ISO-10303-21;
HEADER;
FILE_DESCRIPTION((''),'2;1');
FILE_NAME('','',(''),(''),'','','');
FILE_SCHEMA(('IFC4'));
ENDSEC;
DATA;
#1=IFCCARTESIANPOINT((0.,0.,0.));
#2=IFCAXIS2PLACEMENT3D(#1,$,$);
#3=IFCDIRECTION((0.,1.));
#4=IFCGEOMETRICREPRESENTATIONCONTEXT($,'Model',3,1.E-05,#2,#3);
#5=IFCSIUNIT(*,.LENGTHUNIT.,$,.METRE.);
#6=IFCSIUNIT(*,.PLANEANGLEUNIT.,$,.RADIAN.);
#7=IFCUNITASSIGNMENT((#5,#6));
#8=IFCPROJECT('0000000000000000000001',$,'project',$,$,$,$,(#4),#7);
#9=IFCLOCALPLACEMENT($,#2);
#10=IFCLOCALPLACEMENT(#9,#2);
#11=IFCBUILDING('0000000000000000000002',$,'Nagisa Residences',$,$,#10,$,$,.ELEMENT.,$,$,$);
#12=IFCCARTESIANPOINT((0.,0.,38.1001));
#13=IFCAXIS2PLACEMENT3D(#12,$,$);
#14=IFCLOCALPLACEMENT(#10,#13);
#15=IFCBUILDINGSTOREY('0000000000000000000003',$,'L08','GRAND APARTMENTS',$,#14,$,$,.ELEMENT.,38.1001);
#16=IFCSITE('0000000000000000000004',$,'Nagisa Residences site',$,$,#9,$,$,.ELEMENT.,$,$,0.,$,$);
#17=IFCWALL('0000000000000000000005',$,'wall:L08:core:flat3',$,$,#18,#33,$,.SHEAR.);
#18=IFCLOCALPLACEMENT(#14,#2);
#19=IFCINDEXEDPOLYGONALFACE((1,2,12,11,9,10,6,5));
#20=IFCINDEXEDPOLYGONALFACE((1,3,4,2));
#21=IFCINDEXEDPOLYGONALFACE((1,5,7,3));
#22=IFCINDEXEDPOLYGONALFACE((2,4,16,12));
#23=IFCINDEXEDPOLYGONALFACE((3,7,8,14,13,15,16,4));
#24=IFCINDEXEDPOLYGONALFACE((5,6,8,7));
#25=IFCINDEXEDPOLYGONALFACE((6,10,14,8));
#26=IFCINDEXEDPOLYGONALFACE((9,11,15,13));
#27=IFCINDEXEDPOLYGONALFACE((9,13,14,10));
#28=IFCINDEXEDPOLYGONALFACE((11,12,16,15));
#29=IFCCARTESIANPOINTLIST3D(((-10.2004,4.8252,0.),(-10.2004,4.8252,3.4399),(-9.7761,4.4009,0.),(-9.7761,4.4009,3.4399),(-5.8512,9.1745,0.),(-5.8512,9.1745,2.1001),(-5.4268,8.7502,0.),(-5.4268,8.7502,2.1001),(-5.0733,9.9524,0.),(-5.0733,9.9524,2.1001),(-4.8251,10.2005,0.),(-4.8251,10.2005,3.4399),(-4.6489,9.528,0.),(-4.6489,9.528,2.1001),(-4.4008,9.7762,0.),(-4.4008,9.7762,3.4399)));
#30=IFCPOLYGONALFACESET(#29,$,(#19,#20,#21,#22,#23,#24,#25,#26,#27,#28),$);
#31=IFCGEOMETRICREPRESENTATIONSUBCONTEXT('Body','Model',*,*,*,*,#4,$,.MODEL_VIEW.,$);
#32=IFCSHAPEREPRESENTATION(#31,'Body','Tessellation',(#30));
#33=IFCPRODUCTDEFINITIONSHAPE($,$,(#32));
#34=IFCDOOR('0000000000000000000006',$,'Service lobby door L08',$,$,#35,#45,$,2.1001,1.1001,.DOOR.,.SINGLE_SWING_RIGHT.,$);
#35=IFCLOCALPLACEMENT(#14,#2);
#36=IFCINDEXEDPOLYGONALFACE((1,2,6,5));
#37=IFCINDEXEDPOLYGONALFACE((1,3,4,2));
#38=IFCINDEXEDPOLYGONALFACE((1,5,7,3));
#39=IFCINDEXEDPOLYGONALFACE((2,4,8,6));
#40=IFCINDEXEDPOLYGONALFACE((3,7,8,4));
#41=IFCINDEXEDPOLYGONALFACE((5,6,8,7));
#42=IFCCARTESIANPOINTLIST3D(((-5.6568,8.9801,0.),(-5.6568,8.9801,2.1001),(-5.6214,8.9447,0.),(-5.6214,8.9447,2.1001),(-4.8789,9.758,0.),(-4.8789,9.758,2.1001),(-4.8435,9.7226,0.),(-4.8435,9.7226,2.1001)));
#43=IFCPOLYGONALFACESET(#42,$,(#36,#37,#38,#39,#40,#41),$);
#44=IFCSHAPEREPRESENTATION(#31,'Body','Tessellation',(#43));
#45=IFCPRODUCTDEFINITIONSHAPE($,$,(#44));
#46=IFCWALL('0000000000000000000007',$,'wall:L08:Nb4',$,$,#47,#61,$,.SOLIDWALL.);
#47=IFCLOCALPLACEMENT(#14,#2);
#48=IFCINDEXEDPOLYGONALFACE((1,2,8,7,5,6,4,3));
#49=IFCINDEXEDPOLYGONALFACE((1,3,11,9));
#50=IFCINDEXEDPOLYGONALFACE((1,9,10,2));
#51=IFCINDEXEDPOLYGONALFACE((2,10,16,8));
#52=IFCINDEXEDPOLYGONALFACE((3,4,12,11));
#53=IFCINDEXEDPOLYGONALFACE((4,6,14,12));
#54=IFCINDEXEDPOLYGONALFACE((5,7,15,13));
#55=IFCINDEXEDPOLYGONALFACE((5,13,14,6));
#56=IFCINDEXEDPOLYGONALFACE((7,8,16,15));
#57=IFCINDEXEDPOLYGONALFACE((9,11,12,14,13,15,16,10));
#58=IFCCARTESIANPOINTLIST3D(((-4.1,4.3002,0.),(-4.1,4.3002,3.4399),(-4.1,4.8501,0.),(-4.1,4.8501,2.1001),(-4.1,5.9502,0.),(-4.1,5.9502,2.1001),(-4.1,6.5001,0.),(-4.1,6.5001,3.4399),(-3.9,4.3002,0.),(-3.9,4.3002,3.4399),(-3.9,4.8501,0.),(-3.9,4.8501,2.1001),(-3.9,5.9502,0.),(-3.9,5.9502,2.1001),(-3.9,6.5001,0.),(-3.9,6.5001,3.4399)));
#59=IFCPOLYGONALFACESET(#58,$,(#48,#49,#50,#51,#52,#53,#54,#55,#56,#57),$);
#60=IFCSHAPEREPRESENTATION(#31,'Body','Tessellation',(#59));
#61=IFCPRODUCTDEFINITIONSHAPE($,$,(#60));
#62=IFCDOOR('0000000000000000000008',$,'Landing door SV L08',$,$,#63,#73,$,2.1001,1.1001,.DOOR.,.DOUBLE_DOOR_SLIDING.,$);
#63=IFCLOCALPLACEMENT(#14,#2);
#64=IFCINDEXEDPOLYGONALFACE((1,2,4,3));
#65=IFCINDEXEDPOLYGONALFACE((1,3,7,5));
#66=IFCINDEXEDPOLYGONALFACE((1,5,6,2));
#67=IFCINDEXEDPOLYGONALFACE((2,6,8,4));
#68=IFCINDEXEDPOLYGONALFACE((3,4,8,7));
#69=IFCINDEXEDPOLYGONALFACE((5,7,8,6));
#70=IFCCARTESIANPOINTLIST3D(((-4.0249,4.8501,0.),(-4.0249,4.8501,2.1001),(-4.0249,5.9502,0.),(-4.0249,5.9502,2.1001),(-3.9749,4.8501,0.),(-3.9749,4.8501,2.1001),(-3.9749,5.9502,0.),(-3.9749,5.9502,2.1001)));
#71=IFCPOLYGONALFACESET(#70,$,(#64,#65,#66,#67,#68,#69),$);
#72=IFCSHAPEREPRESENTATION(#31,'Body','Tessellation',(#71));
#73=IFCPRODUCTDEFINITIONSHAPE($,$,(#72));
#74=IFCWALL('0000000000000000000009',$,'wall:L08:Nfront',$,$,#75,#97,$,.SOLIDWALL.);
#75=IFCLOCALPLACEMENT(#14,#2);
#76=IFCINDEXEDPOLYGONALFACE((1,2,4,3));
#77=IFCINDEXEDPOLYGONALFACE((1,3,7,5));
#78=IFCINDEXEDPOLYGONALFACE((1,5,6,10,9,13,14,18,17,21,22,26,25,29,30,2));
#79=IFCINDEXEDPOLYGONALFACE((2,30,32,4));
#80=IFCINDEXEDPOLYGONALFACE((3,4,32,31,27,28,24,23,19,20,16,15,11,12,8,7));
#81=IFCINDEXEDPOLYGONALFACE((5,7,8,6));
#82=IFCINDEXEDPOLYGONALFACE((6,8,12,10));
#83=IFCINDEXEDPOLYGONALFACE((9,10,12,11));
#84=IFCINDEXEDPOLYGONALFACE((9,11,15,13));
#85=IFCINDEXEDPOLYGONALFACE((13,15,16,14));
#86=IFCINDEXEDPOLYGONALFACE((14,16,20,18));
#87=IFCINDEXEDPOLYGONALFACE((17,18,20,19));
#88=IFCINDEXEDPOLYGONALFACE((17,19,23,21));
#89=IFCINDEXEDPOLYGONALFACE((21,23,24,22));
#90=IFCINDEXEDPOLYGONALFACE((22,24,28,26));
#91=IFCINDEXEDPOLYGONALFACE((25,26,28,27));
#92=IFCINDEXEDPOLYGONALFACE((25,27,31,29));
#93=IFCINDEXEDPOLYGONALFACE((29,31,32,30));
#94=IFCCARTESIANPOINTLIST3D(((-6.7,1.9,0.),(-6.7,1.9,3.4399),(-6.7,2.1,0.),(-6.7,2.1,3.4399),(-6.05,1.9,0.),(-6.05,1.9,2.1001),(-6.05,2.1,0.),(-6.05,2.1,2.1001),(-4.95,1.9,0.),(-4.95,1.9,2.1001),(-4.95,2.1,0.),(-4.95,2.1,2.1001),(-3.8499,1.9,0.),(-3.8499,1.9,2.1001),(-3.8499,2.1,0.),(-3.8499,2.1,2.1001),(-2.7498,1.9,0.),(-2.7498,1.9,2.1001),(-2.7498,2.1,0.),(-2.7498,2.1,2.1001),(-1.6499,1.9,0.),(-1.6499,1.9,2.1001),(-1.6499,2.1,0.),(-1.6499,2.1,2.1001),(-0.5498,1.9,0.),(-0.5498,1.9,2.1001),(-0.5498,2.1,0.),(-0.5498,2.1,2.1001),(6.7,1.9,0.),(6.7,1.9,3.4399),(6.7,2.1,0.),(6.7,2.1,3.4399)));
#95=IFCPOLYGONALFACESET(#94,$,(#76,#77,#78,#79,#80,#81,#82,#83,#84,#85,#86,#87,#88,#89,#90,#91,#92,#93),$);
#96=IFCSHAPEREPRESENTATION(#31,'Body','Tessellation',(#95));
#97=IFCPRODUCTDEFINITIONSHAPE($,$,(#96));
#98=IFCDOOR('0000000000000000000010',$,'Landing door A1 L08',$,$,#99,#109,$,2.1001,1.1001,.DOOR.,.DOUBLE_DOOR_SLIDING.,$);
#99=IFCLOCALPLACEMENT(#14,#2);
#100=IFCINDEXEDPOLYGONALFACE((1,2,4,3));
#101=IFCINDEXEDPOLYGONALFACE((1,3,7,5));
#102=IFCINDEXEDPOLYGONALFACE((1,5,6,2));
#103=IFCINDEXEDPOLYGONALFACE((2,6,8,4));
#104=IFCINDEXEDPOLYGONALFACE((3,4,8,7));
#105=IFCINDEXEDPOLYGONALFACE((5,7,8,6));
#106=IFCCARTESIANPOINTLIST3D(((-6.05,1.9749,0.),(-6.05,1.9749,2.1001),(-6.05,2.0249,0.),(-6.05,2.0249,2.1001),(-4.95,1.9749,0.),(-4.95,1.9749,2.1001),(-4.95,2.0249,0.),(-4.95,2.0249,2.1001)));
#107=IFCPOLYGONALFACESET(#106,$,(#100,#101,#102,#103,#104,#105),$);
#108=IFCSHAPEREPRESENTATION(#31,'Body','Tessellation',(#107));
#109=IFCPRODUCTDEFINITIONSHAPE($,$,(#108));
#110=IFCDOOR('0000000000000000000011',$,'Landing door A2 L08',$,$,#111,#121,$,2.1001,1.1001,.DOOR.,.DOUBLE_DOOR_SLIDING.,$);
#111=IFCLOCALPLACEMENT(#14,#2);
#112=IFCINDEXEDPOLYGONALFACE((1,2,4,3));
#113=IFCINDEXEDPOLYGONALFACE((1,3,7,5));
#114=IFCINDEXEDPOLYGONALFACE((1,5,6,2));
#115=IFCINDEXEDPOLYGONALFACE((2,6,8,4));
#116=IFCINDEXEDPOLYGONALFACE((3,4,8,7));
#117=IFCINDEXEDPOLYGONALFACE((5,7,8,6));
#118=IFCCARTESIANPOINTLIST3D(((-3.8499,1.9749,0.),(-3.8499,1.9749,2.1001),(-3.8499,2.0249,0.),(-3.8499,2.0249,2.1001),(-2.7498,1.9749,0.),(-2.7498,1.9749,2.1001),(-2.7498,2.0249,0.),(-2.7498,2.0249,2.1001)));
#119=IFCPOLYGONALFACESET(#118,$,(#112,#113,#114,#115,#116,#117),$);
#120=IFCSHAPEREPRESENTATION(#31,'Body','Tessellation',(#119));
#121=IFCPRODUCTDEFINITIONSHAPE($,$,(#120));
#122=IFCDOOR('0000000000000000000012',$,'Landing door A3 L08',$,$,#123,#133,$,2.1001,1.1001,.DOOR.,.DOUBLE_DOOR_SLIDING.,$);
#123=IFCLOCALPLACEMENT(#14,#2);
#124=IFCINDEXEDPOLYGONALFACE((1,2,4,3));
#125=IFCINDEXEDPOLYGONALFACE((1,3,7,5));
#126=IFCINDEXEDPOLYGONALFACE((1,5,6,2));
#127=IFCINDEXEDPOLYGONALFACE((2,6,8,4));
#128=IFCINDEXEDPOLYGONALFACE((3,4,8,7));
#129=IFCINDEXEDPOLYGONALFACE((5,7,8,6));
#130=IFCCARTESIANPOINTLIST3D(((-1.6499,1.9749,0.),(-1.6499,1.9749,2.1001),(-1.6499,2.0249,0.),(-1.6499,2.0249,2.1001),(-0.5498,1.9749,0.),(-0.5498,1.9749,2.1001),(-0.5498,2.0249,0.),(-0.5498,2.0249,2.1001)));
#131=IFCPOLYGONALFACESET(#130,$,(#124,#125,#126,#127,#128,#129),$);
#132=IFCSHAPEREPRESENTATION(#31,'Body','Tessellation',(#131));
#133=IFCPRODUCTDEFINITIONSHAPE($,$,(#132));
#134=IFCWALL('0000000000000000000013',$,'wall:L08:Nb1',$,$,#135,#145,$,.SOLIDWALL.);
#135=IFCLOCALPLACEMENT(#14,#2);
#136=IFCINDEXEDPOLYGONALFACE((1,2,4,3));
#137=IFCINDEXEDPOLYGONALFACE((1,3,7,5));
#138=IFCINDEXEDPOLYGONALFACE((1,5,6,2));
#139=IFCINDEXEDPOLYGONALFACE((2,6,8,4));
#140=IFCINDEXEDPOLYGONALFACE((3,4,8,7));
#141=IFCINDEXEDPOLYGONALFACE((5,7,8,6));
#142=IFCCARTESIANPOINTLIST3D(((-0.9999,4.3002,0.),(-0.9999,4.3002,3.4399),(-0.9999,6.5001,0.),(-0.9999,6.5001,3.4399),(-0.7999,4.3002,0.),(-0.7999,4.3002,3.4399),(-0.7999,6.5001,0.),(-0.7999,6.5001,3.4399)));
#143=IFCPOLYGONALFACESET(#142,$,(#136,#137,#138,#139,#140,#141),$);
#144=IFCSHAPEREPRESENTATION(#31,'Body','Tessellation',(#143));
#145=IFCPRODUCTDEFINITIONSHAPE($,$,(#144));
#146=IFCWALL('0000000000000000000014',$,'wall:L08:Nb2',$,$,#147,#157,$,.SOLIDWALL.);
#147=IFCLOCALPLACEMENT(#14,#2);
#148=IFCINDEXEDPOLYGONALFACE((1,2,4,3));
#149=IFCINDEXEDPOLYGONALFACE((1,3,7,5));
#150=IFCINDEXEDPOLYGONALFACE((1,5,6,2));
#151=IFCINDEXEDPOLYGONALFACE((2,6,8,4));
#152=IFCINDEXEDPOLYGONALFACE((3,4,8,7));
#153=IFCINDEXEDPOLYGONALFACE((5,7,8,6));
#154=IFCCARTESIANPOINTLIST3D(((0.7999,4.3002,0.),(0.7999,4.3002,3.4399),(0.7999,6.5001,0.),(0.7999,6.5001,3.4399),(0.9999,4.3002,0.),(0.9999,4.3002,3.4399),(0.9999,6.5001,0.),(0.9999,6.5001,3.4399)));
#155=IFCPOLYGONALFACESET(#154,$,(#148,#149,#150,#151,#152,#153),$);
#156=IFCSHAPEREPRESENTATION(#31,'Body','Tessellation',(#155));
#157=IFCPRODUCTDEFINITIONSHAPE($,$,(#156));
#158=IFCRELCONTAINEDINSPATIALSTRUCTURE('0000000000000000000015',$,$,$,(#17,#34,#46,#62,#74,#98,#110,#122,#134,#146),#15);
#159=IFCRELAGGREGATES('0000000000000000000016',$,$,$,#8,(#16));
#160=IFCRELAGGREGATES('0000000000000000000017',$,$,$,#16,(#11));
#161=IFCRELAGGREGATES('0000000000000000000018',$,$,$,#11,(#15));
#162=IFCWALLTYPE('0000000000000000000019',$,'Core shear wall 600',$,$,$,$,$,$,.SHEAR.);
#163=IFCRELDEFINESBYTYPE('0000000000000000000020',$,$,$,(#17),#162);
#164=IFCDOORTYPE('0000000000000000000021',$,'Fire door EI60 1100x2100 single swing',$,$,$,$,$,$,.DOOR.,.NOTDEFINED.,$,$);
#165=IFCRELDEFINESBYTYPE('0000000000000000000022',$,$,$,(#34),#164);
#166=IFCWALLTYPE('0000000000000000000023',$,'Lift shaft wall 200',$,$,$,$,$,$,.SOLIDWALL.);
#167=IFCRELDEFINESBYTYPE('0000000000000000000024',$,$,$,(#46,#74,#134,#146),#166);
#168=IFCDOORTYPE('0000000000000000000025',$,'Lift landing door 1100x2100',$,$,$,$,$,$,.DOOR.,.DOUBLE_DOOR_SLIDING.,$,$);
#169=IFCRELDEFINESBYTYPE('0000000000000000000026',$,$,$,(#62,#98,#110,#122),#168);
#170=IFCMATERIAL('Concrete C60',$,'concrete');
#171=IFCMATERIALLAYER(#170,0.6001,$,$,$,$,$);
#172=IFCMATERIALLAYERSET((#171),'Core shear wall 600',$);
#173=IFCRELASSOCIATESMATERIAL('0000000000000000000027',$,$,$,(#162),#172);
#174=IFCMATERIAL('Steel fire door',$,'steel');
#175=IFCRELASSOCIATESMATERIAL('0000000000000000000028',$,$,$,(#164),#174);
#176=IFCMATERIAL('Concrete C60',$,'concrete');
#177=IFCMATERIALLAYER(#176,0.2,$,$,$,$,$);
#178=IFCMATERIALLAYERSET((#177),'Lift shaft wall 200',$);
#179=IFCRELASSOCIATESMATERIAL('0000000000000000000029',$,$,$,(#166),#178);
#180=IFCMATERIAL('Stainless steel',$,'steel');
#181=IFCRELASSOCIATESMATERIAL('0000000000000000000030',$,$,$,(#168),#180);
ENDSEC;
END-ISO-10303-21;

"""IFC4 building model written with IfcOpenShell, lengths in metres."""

from ifc_helpers import new_model, si_unit, direction, frame, frame_2d, origin, place, context, subcontext, project, spatial, rectangle, extrude, material, layer, layer_set, type_object, element, fill, save


model = new_model("IFC4")

# Units and contexts
model_context = context("Model", 3, precision=1e-05, world=origin(), true_north=direction((0.0, 1.0)))
body_context = subcontext(model_context, "Body", "Model", "MODEL_VIEW")
ifc_project = project(units=[si_unit("LENGTHUNIT", "METRE"), si_unit("PLANEANGLEUNIT", "RADIAN")], contexts=[model_context])

# Site, building, storey
site_placement = place(None, origin())
site = spatial("IfcSite", under=ifc_project, at=site_placement, Name="Nagisa Residences site", CompositionType="ELEMENT", RefElevation=0.0)
building_placement = place(site_placement, origin())
building = spatial("IfcBuilding", under=site, at=building_placement, Name="Nagisa Residences", CompositionType="ELEMENT")
storey_placement = place(building_placement, frame((0.0, 0.0, 38.1001)))
storey = spatial("IfcBuildingStorey", under=building, at=storey_placement, Name="L08", Description="GRAND APARTMENTS", CompositionType="ELEMENT", Elevation=38.1001)

# Walls, openings, doors
ifc_material_1 = material(Name="Concrete C60", Category="concrete")
ifc_layer_1 = layer(ifc_material_1, 0.6001)
ifc_layer_set_1 = layer_set([ifc_layer_1], Name="Core shear wall 600")
wall_type_1 = type_object("IfcWallType", Name="Core shear wall 600", PredefinedType="SHEAR", material=ifc_layer_set_1)
wall_1_placement = place(storey_placement, frame((-4.613, 9.9883, 0.0), z_axis=(0.0, 0.0, 1.0), x_axis=(-0.707107, -0.707107, 0.0)))
wall_1 = element("IfcWall", 1, at=wall_1_placement, inside=storey, type_object=wall_type_1, Name="wall:L08:core:flat3", PredefinedType="SHEAR", context=body_context, shape_type="SweptSolid", body=[
    extrude(rectangle(XDim=7.6018, YDim=0.6001, at=frame_2d((3.8008, 0.0))), origin(), (0.0, 0.0, 1.0), 3.4399),
])
opening_1_placement = place(wall_1_placement, frame((0.3508, 0.0, 0.0)))
opening_1 = element("IfcOpeningElement", 2, at=opening_1_placement, cuts=wall_1, PredefinedType="OPENING", context=body_context, shape_type="SweptSolid", body=[
    extrude(rectangle(XDim=1.1001, YDim=2.1001, at=frame_2d((0.55, 1.05))), frame((0.0, 0.3101, 0.0), z_axis=(0.0, -1.0, 0.0), x_axis=(1.0, 0.0, 0.0)), (0.0, 0.0, 1.0), 0.6201),
])
ifc_material_2 = material(Name="Steel fire door", Category="steel")
door_type_1 = type_object("IfcDoorType", Name="Fire door EI60 1100x2100 single swing", OperationType="NOTDEFINED", PredefinedType="DOOR", material=ifc_material_2)
door_1_placement = place(opening_1_placement, origin())
door_1 = element("IfcDoor", 3, at=door_1_placement, inside=storey, type_object=door_type_1, Name="Service lobby door L08", OperationType="SINGLE_SWING_RIGHT", OverallHeight=2.1001, OverallWidth=1.1001, PredefinedType="DOOR", context=body_context, shape_type="SweptSolid", body=[
    extrude(rectangle(XDim=1.1001, YDim=2.1001, at=frame_2d((0.55, 1.05))), frame((0.0, 0.0249, 0.0), z_axis=(0.0, -1.0, 0.0), x_axis=(1.0, 0.0, 0.0)), (0.0, 0.0, 1.0), 0.05),
])
fill(opening_1, door_1)
ifc_material_3 = material(Name="Concrete C60", Category="concrete")
ifc_layer_2 = layer(ifc_material_3, 0.2)
ifc_layer_set_2 = layer_set([ifc_layer_2], Name="Lift shaft wall 200")
wall_type_2 = type_object("IfcWallType", Name="Lift shaft wall 200", PredefinedType="SOLIDWALL", material=ifc_layer_set_2)
wall_2_placement = place(storey_placement, frame((-4.0, 4.3, 0.0), z_axis=(0.0, 0.0, 1.0), x_axis=(0.0, 1.0, 0.0)))
wall_2 = element("IfcWall", 4, at=wall_2_placement, inside=storey, type_object=wall_type_2, Name="wall:L08:Nb4", PredefinedType="SOLIDWALL", context=body_context, shape_type="SweptSolid", body=[
    extrude(rectangle(XDim=2.2, YDim=0.2, at=frame_2d((1.1001, 0.0))), origin(), (0.0, 0.0, 1.0), 3.4399),
])
opening_2_placement = place(wall_2_placement, frame((0.55, 0.0, 0.0)))
opening_2 = element("IfcOpeningElement", 5, at=opening_2_placement, cuts=wall_2, PredefinedType="OPENING", context=body_context, shape_type="SweptSolid", body=[
    extrude(rectangle(XDim=1.1001, YDim=2.1001, at=frame_2d((0.55, 1.05))), frame((0.0, 0.1099, 0.0), z_axis=(0.0, -1.0, 0.0), x_axis=(1.0, 0.0, 0.0)), (0.0, 0.0, 1.0), 0.22),
])
ifc_material_4 = material(Name="Stainless steel", Category="steel")
door_type_2 = type_object("IfcDoorType", Name="Lift landing door 1100x2100", OperationType="DOUBLE_DOOR_SLIDING", PredefinedType="DOOR", material=ifc_material_4)
door_2_placement = place(opening_2_placement, origin())
door_2 = element("IfcDoor", 6, at=door_2_placement, inside=storey, type_object=door_type_2, Name="Landing door SV L08", OperationType="DOUBLE_DOOR_SLIDING", OverallHeight=2.1001, OverallWidth=1.1001, PredefinedType="DOOR", context=body_context, shape_type="SweptSolid", body=[
    extrude(rectangle(XDim=1.1001, YDim=2.1001, at=frame_2d((0.55, 1.05))), frame((0.0, 0.0249, 0.0), z_axis=(0.0, -1.0, 0.0), x_axis=(1.0, 0.0, 0.0)), (0.0, 0.0, 1.0), 0.05),
])
fill(opening_2, door_2)

# Wall, openings, doors
wall_3_placement = place(storey_placement, frame((-6.7, 2.0, 0.0), z_axis=(0.0, 0.0, 1.0), x_axis=(1.0, 0.0, 0.0)))
wall_3 = element("IfcWall", 7, at=wall_3_placement, inside=storey, type_object=wall_type_2, Name="wall:L08:Nfront", PredefinedType="SOLIDWALL", context=body_context, shape_type="SweptSolid", body=[
    extrude(rectangle(XDim=13.3999, YDim=0.2, at=frame_2d((6.7, 0.0))), origin(), (0.0, 0.0, 1.0), 3.4399),
])
opening_3_placement = place(wall_3_placement, frame((0.6499, 0.0, 0.0)))
opening_3 = element("IfcOpeningElement", 8, at=opening_3_placement, cuts=wall_3, PredefinedType="OPENING", context=body_context, shape_type="SweptSolid", body=[
    extrude(rectangle(XDim=1.1001, YDim=2.1001, at=frame_2d((0.55, 1.05))), frame((0.0, 0.1099, 0.0), z_axis=(0.0, -1.0, 0.0), x_axis=(1.0, 0.0, 0.0)), (0.0, 0.0, 1.0), 0.22),
])
opening_4_placement = place(wall_3_placement, frame((2.8501, 0.0, 0.0)))
opening_4 = element("IfcOpeningElement", 9, at=opening_4_placement, cuts=wall_3, PredefinedType="OPENING", context=body_context, shape_type="SweptSolid", body=[
    extrude(rectangle(XDim=1.1001, YDim=2.1001, at=frame_2d((0.55, 1.05))), frame((0.0, 0.1099, 0.0), z_axis=(0.0, -1.0, 0.0), x_axis=(1.0, 0.0, 0.0)), (0.0, 0.0, 1.0), 0.22),
])
opening_5_placement = place(wall_3_placement, frame((5.05, 0.0, 0.0)))
opening_5 = element("IfcOpeningElement", 10, at=opening_5_placement, cuts=wall_3, PredefinedType="OPENING", context=body_context, shape_type="SweptSolid", body=[
    extrude(rectangle(XDim=1.1001, YDim=2.1001, at=frame_2d((0.55, 1.05))), frame((0.0, 0.1099, 0.0), z_axis=(0.0, -1.0, 0.0), x_axis=(1.0, 0.0, 0.0)), (0.0, 0.0, 1.0), 0.22),
])
door_3_placement = place(opening_3_placement, origin())
door_3 = element("IfcDoor", 11, at=door_3_placement, inside=storey, type_object=door_type_2, Name="Landing door A1 L08", OperationType="DOUBLE_DOOR_SLIDING", OverallHeight=2.1001, OverallWidth=1.1001, PredefinedType="DOOR", context=body_context, shape_type="SweptSolid", body=[
    extrude(rectangle(XDim=1.1001, YDim=2.1001, at=frame_2d((0.55, 1.05))), frame((0.0, 0.0249, 0.0), z_axis=(0.0, -1.0, 0.0), x_axis=(1.0, 0.0, 0.0)), (0.0, 0.0, 1.0), 0.05),
])
fill(opening_3, door_3)
door_4_placement = place(opening_4_placement, origin())
door_4 = element("IfcDoor", 12, at=door_4_placement, inside=storey, type_object=door_type_2, Name="Landing door A2 L08", OperationType="DOUBLE_DOOR_SLIDING", OverallHeight=2.1001, OverallWidth=1.1001, PredefinedType="DOOR", context=body_context, shape_type="SweptSolid", body=[
    extrude(rectangle(XDim=1.1001, YDim=2.1001, at=frame_2d((0.55, 1.05))), frame((0.0, 0.0249, 0.0), z_axis=(0.0, -1.0, 0.0), x_axis=(1.0, 0.0, 0.0)), (0.0, 0.0, 1.0), 0.05),
])
fill(opening_4, door_4)
door_5_placement = place(opening_5_placement, origin())
door_5 = element("IfcDoor", 13, at=door_5_placement, inside=storey, type_object=door_type_2, Name="Landing door A3 L08", OperationType="DOUBLE_DOOR_SLIDING", OverallHeight=2.1001, OverallWidth=1.1001, PredefinedType="DOOR", context=body_context, shape_type="SweptSolid", body=[
    extrude(rectangle(XDim=1.1001, YDim=2.1001, at=frame_2d((0.55, 1.05))), frame((0.0, 0.0249, 0.0), z_axis=(0.0, -1.0, 0.0), x_axis=(1.0, 0.0, 0.0)), (0.0, 0.0, 1.0), 0.05),
])
fill(opening_5, door_5)

# Walls
for number, where, z_axis, x_axis, name in (
    (14, (-0.8999, 4.3, 0.0), (0.0, 0.0, 1.0), (0.0, 1.0, 0.0), "wall:L08:Nb1"),
    (15, (0.8999, 4.3, 0.0), (0.0, 0.0, 1.0), (0.0, 1.0, 0.0), "wall:L08:Nb2"),
):
    element("IfcWall", number, at=place(storey_placement, frame(where, z_axis=z_axis, x_axis=x_axis)), inside=storey, type_object=wall_type_2, Name=name, PredefinedType="SOLIDWALL", context=body_context, shape_type="SweptSolid", body=[
        extrude(rectangle(XDim=2.2, YDim=0.2, at=frame_2d((1.1001, 0.0))), origin(), (0.0, 0.0, 1.0), 3.4399),
    ])

save(model, "model.ifc")
